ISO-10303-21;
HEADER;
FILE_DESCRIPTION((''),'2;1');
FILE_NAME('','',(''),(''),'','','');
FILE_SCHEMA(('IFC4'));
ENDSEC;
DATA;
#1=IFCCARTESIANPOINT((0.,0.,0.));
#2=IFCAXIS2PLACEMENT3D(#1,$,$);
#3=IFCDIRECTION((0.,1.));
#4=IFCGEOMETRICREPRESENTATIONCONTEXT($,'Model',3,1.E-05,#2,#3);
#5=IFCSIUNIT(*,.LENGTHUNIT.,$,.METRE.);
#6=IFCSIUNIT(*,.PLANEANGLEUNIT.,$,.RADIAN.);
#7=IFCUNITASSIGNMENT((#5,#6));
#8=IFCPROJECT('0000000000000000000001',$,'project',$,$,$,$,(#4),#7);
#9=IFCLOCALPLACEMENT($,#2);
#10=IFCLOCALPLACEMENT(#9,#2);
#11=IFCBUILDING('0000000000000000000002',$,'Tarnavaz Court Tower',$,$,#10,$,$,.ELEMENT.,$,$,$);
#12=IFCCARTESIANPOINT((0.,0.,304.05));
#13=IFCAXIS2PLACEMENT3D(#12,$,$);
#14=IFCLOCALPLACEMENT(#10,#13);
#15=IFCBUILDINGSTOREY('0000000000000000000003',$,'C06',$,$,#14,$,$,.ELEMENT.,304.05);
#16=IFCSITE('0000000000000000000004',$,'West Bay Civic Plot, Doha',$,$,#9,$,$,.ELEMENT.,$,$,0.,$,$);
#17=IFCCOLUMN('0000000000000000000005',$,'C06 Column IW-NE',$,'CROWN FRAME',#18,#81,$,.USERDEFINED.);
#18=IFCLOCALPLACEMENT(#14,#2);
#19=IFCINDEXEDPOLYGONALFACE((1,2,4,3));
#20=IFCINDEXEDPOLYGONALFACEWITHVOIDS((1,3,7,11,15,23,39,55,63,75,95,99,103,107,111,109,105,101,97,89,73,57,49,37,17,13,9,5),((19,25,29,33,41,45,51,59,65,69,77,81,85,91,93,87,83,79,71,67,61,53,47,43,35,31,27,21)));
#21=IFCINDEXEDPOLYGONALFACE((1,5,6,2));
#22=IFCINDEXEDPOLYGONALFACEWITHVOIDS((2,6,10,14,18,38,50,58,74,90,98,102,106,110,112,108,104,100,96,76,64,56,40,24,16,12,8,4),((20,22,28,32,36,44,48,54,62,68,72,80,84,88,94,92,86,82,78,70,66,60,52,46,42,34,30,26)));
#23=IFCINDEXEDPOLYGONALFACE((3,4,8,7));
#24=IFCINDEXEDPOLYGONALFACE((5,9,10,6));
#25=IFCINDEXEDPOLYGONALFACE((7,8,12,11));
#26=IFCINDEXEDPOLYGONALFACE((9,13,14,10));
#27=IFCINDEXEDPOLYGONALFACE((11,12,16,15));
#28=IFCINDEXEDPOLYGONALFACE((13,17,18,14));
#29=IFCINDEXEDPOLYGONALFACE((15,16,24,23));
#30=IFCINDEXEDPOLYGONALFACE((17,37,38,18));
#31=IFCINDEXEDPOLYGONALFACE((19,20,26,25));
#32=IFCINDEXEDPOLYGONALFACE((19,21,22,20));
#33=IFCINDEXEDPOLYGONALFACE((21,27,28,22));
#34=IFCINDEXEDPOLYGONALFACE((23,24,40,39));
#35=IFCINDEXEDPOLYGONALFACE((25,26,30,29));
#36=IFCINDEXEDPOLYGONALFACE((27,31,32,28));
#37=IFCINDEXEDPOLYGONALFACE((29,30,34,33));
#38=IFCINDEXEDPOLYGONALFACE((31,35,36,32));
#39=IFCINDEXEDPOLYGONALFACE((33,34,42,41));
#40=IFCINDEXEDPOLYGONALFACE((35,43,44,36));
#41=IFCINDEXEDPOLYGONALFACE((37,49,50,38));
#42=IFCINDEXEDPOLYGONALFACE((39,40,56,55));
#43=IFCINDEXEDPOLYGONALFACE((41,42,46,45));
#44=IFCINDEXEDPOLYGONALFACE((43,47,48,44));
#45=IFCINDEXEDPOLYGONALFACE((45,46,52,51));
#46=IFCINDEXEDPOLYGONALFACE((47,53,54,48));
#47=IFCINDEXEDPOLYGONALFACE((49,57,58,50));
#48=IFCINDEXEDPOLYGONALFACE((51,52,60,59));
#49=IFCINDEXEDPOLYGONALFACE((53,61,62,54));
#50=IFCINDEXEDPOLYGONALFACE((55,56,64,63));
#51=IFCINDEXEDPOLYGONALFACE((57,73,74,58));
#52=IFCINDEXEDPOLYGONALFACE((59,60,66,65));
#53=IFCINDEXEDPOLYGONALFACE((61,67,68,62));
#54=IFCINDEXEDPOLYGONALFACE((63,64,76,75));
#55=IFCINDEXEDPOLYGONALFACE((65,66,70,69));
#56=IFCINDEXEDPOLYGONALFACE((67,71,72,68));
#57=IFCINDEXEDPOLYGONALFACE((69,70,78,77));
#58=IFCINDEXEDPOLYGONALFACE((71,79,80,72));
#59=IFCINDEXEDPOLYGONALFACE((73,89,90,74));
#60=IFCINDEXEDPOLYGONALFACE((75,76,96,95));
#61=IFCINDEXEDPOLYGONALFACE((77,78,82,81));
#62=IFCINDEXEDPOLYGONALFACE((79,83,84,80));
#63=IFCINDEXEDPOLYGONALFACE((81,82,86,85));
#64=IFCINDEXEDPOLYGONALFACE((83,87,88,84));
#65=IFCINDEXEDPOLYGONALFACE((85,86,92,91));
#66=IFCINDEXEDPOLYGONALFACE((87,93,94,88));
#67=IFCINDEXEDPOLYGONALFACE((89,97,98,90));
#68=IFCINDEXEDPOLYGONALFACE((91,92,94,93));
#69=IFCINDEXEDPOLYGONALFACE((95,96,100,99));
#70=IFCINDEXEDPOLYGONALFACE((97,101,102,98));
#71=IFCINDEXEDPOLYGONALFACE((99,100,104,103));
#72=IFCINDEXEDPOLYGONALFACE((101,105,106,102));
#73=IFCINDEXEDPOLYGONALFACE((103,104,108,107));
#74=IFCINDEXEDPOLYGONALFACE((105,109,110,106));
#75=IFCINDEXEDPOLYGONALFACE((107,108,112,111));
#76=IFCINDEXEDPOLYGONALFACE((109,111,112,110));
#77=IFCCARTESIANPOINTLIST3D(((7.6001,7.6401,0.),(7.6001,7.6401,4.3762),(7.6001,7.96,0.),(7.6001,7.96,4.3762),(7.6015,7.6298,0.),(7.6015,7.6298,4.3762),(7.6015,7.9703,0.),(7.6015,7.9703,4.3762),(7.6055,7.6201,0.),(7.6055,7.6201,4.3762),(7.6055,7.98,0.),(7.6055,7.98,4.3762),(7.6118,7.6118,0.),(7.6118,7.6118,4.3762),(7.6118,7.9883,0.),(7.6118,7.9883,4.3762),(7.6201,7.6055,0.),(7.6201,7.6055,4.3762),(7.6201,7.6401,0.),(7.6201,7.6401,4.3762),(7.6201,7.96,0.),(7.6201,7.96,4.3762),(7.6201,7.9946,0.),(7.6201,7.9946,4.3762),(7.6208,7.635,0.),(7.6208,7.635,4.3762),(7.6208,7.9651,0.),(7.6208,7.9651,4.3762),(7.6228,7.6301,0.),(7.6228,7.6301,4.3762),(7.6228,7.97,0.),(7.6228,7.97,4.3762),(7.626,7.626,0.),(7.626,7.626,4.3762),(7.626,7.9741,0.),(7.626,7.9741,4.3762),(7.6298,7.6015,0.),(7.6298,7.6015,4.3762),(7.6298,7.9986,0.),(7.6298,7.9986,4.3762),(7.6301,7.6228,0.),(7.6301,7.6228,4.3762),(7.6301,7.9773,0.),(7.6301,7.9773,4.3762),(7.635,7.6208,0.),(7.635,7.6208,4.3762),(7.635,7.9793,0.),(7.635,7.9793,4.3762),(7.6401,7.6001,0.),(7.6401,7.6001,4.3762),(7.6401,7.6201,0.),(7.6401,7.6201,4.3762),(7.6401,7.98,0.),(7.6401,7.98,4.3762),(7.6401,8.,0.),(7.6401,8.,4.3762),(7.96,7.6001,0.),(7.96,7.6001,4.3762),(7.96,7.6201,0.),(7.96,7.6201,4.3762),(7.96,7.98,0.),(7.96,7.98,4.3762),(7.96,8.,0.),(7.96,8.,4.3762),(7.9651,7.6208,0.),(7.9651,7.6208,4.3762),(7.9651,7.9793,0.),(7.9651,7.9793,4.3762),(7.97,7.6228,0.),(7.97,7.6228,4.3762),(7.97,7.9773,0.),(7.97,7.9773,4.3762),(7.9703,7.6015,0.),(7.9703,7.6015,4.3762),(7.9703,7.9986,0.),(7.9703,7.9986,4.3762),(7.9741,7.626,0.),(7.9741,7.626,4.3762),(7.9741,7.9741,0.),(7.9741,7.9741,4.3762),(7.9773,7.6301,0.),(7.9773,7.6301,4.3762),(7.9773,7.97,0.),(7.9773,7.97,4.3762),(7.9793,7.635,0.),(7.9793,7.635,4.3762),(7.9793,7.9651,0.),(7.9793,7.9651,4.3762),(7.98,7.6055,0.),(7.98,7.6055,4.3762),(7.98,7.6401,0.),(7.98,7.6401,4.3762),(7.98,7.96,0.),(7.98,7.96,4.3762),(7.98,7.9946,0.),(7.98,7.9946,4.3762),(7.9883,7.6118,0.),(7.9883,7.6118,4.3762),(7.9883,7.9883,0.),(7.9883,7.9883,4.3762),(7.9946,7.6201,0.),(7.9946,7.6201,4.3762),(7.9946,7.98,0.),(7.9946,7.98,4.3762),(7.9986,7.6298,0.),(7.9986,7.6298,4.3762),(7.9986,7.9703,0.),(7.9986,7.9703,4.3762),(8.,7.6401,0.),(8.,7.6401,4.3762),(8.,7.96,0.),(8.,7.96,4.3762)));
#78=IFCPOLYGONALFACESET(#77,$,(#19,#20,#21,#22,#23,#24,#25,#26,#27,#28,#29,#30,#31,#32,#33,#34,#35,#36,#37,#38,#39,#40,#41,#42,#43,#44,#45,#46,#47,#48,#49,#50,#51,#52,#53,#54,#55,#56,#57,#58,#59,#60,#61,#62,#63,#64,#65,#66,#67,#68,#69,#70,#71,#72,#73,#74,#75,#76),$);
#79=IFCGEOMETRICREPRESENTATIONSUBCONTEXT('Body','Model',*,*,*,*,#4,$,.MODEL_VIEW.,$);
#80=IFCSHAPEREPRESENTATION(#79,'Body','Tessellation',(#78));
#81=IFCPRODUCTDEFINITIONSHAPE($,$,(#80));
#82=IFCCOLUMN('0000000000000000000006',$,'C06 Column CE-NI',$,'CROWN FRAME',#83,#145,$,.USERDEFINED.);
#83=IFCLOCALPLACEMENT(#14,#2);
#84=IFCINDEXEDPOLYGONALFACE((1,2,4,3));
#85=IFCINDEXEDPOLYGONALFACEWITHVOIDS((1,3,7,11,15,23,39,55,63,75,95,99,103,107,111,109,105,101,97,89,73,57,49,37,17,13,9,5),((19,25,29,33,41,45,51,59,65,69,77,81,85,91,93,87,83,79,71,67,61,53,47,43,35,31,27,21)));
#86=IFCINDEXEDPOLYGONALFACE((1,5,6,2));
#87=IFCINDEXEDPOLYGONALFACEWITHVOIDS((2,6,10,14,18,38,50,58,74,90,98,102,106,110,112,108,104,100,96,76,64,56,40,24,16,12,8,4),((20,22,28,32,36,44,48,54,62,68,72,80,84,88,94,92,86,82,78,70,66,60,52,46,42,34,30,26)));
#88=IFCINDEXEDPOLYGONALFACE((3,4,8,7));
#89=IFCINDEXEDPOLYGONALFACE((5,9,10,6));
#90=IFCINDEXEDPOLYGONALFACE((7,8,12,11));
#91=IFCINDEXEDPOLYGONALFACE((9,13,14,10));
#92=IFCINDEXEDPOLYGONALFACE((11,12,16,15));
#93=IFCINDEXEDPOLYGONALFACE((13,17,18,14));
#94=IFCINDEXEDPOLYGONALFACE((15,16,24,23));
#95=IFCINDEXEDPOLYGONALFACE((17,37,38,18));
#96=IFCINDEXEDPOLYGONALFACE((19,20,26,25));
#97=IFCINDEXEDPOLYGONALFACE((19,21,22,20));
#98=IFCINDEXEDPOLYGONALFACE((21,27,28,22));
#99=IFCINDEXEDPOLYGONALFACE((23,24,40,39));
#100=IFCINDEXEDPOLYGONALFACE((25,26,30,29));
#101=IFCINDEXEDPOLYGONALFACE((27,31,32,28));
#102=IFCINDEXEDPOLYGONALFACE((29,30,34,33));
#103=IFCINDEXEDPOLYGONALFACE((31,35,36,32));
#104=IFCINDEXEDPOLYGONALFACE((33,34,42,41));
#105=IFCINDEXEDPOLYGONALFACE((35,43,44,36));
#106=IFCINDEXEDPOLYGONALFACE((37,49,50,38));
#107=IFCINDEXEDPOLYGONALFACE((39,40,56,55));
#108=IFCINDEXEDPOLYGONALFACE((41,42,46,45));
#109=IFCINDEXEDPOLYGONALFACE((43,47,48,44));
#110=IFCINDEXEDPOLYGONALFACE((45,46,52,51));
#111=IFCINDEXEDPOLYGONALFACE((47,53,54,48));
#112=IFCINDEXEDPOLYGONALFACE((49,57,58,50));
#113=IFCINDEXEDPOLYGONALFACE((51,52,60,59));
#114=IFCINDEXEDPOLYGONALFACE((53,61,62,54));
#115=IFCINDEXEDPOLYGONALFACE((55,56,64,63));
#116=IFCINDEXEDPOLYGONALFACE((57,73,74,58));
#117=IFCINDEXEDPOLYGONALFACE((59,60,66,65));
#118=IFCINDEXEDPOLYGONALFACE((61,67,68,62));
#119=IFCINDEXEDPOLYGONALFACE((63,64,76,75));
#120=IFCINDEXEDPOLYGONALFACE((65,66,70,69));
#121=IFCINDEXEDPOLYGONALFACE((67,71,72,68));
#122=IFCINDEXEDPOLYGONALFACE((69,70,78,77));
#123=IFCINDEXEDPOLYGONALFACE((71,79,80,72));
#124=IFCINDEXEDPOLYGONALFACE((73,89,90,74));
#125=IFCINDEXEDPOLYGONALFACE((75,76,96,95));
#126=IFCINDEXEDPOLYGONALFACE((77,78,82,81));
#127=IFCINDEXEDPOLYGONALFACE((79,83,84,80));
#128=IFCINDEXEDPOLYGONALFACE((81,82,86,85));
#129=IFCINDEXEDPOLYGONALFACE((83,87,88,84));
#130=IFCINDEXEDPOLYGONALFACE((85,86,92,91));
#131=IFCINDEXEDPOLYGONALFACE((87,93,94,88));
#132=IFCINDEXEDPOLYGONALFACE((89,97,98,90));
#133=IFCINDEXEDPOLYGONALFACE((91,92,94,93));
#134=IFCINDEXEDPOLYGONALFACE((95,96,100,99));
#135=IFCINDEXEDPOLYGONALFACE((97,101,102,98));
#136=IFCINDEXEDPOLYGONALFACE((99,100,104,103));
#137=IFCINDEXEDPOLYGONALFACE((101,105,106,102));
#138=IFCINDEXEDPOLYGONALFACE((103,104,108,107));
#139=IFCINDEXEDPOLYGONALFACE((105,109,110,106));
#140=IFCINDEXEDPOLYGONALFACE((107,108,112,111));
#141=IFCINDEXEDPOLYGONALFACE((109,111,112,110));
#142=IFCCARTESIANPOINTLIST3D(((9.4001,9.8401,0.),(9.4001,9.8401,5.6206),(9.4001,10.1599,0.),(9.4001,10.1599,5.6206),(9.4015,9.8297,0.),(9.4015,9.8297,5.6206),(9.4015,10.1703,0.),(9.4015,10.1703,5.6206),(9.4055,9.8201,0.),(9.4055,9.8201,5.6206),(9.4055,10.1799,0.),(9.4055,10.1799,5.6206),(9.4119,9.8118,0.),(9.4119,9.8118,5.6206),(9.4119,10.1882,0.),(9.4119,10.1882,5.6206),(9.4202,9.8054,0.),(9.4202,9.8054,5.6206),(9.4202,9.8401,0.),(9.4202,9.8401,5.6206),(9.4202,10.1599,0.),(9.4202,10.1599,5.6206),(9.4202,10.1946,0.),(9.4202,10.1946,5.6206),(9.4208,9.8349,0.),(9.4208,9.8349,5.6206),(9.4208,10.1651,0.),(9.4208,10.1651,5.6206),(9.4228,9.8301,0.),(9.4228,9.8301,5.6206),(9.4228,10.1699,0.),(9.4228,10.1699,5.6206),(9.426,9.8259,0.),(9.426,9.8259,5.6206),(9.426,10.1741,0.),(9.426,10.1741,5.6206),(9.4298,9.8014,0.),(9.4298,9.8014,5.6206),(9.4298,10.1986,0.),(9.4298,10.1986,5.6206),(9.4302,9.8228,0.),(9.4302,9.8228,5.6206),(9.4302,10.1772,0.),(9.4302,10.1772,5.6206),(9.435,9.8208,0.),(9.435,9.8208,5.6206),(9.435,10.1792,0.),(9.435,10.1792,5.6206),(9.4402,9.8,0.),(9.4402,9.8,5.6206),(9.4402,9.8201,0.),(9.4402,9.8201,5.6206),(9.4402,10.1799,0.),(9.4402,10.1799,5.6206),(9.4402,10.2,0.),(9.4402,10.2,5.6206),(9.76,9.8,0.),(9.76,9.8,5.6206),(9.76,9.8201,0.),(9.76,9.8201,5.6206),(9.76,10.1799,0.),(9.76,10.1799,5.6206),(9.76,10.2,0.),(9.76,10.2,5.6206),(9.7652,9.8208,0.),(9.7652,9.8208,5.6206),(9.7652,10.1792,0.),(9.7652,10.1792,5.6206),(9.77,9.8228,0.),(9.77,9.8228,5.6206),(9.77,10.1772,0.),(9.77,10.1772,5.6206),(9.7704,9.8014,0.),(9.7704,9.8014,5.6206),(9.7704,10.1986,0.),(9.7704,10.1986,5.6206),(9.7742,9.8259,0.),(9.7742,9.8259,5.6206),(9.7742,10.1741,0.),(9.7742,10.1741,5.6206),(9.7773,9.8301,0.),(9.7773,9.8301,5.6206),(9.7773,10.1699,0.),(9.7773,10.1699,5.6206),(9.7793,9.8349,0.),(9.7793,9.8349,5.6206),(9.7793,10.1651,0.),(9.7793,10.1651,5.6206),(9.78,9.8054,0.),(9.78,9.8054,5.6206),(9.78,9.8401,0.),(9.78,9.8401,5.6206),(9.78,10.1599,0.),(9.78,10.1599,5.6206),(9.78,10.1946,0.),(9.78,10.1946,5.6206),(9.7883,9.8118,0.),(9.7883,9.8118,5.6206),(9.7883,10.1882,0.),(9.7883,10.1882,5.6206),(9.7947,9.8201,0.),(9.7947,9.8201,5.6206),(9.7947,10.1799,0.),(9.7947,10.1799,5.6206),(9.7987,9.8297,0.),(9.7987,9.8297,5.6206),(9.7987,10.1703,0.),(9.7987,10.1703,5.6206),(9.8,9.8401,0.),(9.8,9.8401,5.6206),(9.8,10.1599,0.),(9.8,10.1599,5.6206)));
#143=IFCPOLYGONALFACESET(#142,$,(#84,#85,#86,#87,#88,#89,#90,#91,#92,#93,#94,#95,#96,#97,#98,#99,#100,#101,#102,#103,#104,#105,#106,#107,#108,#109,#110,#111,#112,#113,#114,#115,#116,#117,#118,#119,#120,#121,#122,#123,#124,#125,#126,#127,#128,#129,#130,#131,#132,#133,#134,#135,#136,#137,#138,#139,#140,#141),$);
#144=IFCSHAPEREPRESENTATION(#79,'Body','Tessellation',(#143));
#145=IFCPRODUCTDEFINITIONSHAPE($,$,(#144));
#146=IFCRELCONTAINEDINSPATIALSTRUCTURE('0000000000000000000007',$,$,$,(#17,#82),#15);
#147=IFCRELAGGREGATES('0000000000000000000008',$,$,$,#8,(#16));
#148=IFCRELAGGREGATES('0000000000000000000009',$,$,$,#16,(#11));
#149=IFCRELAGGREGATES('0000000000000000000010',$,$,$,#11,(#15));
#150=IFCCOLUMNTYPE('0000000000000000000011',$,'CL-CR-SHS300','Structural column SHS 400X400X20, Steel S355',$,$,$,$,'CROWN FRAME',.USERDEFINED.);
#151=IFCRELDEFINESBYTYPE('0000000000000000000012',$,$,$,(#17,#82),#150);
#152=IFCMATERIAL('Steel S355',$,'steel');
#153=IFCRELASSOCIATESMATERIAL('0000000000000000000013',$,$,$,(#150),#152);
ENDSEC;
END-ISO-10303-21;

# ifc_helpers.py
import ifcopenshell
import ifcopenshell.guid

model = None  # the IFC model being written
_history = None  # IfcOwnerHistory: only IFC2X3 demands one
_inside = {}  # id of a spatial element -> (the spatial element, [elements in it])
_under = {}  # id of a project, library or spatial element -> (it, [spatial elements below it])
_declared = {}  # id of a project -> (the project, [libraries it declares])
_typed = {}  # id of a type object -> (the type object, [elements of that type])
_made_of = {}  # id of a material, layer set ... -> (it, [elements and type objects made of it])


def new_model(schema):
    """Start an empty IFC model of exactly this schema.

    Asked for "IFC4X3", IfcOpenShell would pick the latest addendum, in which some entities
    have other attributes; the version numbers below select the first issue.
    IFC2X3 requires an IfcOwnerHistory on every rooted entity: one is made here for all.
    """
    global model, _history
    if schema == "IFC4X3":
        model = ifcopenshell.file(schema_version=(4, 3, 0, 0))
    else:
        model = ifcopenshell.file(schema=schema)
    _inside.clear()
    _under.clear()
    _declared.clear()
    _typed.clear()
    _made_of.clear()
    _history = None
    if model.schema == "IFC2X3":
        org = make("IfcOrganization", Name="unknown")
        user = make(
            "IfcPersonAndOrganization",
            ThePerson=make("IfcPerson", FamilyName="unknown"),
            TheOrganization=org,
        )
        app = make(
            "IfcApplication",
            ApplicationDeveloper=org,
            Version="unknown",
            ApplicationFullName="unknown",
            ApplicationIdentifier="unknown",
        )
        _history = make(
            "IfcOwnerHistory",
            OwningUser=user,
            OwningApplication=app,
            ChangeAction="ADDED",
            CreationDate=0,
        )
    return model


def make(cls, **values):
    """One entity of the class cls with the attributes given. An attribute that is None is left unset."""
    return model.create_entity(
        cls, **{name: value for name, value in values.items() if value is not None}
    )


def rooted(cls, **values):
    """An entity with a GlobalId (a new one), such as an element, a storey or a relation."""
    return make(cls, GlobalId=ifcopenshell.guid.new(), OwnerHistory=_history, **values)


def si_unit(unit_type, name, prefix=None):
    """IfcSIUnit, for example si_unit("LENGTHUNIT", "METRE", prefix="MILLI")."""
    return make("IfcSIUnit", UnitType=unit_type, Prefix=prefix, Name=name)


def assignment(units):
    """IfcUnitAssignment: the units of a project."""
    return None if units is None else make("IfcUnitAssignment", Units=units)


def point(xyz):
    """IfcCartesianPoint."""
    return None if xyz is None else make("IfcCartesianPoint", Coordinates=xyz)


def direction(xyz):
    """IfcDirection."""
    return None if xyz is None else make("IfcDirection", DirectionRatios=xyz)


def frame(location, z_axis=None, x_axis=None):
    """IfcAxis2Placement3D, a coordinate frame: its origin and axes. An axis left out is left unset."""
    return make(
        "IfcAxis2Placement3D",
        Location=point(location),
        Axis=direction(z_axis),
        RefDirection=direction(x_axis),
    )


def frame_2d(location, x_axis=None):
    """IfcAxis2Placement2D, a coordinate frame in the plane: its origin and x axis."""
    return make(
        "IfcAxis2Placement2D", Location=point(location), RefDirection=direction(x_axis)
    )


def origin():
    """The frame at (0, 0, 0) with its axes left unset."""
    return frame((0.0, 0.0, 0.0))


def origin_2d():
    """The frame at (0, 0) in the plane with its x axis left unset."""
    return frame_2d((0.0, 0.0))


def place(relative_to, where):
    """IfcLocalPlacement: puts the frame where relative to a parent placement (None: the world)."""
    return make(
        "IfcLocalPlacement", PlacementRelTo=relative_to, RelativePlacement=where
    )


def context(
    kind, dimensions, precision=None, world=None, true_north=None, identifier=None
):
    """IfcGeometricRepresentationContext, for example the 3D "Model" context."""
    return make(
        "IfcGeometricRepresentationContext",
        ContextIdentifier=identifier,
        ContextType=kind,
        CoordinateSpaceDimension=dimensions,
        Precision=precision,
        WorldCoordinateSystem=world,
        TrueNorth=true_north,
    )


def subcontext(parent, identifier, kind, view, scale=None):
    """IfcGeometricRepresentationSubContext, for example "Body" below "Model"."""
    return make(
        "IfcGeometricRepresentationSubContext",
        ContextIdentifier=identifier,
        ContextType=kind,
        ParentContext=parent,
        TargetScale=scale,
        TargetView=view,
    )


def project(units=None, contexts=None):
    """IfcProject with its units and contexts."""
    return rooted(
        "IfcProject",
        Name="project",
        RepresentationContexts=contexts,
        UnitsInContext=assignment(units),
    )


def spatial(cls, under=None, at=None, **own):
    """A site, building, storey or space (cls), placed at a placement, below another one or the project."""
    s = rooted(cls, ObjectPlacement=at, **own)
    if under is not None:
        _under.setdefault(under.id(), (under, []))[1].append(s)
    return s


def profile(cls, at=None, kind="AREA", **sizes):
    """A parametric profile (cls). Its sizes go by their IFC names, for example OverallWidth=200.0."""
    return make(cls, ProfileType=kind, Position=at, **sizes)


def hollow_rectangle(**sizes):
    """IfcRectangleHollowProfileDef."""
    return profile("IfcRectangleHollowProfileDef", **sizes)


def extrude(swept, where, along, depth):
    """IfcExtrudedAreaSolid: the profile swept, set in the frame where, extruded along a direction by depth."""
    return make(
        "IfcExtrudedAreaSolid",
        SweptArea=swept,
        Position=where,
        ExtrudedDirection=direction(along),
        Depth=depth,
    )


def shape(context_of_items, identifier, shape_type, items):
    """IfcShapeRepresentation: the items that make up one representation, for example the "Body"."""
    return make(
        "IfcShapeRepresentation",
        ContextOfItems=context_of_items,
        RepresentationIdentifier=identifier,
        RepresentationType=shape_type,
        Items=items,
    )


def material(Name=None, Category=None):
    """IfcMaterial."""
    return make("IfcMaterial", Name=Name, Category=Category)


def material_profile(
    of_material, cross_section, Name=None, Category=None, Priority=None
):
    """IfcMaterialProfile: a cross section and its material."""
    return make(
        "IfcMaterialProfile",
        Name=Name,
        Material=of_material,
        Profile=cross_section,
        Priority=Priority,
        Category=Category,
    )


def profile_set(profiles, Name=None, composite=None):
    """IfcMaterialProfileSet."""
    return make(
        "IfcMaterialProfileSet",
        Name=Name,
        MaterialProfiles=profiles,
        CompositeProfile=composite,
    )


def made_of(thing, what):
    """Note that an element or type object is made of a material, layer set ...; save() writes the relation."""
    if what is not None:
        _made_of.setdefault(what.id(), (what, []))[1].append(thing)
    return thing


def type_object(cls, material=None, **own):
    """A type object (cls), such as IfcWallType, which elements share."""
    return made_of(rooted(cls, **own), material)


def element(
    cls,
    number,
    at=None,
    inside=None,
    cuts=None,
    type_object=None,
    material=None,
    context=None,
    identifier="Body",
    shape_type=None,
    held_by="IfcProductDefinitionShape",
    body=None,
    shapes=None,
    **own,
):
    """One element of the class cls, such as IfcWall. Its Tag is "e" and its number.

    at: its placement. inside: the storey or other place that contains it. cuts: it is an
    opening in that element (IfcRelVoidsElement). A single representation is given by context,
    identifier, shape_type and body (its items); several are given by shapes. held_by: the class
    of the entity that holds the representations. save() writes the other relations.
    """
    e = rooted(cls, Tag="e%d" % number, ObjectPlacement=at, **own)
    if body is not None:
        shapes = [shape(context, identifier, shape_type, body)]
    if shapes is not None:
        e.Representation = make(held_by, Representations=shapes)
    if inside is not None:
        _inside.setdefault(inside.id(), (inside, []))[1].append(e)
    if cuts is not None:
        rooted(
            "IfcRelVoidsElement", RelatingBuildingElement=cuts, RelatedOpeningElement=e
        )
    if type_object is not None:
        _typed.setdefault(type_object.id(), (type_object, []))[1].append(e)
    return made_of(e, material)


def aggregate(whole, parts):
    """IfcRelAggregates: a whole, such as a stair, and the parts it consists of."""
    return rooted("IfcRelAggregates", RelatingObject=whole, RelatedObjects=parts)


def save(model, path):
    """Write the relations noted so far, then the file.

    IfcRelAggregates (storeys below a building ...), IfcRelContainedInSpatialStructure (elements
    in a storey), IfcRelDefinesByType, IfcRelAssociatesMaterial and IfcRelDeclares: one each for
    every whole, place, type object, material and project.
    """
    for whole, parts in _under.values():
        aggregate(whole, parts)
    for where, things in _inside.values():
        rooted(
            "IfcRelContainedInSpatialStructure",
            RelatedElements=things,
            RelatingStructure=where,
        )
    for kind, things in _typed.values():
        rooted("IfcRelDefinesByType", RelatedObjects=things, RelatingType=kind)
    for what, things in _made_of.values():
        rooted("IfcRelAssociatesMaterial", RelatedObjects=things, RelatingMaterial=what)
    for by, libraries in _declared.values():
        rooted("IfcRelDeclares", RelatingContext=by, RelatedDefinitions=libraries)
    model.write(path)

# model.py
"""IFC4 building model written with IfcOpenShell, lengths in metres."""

from ifc_helpers import new_model, si_unit, direction, frame, origin, origin_2d, place, context, subcontext, project, spatial, hollow_rectangle, extrude, material, material_profile, profile_set, type_object, element, save


model = new_model("IFC4")

# Units and contexts
model_context = context("Model", 3, precision=1e-05, world=origin(), true_north=direction((0.0, 1.0)))
body_context = subcontext(model_context, "Body", "Model", "MODEL_VIEW")
ifc_project = project(units=[si_unit("LENGTHUNIT", "METRE"), si_unit("PLANEANGLEUNIT", "RADIAN")], contexts=[model_context])

# Site, building, storey
site_placement = place(None, origin())
site = spatial("IfcSite", under=ifc_project, at=site_placement, Name="West Bay Civic Plot, Doha", CompositionType="ELEMENT", RefElevation=0.0)
building_placement = place(site_placement, origin())
building = spatial("IfcBuilding", under=site, at=building_placement, Name="Tarnavaz Court Tower", CompositionType="ELEMENT")
storey_placement = place(building_placement, frame((0.0, 0.0, 304.05)))
storey = spatial("IfcBuildingStorey", under=building, at=storey_placement, Name="C06", CompositionType="ELEMENT", Elevation=304.05)

# Columns
ifc_material_1 = material(Name="Steel S355", Category="steel")
ifc_material_profile_1 = material_profile(ifc_material_1, hollow_rectangle(XDim=0.3999, YDim=0.3999, WallThickness=0.02, InnerFilletRadius=0.02, OuterFilletRadius=0.04, at=origin_2d()), Name="SHS 400X400X20")
ifc_profile_set_1 = profile_set([ifc_material_profile_1], Name="Steel S355")
column_type = type_object("IfcColumnType", Name="CL-CR-SHS300", Description="Structural column SHS 400X400X20, Steel S355", ElementType="CROWN FRAME", PredefinedType="USERDEFINED", material=ifc_profile_set_1)
column_1_placement = place(storey_placement, frame((7.8, 7.8, 0.0), z_axis=(0.0, 0.0, 1.0), x_axis=(1.0, 0.0, 0.0)))
element("IfcColumn", 1, at=column_1_placement, inside=storey, type_object=column_type, Name="C06 Column IW-NE", ObjectType="CROWN FRAME", PredefinedType="USERDEFINED", context=body_context, shape_type="SweptSolid", body=[
    extrude(hollow_rectangle(XDim=0.3999, YDim=0.3999, WallThickness=0.02, InnerFilletRadius=0.02, OuterFilletRadius=0.04, at=origin_2d()), origin(), (0.0, 0.0, 1.0), 4.3762),
])
column_2_placement = place(storey_placement, frame((9.6001, 10.0, 0.0), z_axis=(0.0, 0.0, 1.0), x_axis=(1.0, 0.0, 0.0)))
element("IfcColumn", 2, at=column_2_placement, inside=storey, type_object=column_type, Name="C06 Column CE-NI", ObjectType="CROWN FRAME", PredefinedType="USERDEFINED", context=body_context, shape_type="SweptSolid", body=[
    extrude(hollow_rectangle(XDim=0.3999, YDim=0.3999, WallThickness=0.02, InnerFilletRadius=0.02, OuterFilletRadius=0.04, at=origin_2d()), origin(), (0.0, 0.0, 1.0), 5.6206),
])

save(model, "model.ifc")
